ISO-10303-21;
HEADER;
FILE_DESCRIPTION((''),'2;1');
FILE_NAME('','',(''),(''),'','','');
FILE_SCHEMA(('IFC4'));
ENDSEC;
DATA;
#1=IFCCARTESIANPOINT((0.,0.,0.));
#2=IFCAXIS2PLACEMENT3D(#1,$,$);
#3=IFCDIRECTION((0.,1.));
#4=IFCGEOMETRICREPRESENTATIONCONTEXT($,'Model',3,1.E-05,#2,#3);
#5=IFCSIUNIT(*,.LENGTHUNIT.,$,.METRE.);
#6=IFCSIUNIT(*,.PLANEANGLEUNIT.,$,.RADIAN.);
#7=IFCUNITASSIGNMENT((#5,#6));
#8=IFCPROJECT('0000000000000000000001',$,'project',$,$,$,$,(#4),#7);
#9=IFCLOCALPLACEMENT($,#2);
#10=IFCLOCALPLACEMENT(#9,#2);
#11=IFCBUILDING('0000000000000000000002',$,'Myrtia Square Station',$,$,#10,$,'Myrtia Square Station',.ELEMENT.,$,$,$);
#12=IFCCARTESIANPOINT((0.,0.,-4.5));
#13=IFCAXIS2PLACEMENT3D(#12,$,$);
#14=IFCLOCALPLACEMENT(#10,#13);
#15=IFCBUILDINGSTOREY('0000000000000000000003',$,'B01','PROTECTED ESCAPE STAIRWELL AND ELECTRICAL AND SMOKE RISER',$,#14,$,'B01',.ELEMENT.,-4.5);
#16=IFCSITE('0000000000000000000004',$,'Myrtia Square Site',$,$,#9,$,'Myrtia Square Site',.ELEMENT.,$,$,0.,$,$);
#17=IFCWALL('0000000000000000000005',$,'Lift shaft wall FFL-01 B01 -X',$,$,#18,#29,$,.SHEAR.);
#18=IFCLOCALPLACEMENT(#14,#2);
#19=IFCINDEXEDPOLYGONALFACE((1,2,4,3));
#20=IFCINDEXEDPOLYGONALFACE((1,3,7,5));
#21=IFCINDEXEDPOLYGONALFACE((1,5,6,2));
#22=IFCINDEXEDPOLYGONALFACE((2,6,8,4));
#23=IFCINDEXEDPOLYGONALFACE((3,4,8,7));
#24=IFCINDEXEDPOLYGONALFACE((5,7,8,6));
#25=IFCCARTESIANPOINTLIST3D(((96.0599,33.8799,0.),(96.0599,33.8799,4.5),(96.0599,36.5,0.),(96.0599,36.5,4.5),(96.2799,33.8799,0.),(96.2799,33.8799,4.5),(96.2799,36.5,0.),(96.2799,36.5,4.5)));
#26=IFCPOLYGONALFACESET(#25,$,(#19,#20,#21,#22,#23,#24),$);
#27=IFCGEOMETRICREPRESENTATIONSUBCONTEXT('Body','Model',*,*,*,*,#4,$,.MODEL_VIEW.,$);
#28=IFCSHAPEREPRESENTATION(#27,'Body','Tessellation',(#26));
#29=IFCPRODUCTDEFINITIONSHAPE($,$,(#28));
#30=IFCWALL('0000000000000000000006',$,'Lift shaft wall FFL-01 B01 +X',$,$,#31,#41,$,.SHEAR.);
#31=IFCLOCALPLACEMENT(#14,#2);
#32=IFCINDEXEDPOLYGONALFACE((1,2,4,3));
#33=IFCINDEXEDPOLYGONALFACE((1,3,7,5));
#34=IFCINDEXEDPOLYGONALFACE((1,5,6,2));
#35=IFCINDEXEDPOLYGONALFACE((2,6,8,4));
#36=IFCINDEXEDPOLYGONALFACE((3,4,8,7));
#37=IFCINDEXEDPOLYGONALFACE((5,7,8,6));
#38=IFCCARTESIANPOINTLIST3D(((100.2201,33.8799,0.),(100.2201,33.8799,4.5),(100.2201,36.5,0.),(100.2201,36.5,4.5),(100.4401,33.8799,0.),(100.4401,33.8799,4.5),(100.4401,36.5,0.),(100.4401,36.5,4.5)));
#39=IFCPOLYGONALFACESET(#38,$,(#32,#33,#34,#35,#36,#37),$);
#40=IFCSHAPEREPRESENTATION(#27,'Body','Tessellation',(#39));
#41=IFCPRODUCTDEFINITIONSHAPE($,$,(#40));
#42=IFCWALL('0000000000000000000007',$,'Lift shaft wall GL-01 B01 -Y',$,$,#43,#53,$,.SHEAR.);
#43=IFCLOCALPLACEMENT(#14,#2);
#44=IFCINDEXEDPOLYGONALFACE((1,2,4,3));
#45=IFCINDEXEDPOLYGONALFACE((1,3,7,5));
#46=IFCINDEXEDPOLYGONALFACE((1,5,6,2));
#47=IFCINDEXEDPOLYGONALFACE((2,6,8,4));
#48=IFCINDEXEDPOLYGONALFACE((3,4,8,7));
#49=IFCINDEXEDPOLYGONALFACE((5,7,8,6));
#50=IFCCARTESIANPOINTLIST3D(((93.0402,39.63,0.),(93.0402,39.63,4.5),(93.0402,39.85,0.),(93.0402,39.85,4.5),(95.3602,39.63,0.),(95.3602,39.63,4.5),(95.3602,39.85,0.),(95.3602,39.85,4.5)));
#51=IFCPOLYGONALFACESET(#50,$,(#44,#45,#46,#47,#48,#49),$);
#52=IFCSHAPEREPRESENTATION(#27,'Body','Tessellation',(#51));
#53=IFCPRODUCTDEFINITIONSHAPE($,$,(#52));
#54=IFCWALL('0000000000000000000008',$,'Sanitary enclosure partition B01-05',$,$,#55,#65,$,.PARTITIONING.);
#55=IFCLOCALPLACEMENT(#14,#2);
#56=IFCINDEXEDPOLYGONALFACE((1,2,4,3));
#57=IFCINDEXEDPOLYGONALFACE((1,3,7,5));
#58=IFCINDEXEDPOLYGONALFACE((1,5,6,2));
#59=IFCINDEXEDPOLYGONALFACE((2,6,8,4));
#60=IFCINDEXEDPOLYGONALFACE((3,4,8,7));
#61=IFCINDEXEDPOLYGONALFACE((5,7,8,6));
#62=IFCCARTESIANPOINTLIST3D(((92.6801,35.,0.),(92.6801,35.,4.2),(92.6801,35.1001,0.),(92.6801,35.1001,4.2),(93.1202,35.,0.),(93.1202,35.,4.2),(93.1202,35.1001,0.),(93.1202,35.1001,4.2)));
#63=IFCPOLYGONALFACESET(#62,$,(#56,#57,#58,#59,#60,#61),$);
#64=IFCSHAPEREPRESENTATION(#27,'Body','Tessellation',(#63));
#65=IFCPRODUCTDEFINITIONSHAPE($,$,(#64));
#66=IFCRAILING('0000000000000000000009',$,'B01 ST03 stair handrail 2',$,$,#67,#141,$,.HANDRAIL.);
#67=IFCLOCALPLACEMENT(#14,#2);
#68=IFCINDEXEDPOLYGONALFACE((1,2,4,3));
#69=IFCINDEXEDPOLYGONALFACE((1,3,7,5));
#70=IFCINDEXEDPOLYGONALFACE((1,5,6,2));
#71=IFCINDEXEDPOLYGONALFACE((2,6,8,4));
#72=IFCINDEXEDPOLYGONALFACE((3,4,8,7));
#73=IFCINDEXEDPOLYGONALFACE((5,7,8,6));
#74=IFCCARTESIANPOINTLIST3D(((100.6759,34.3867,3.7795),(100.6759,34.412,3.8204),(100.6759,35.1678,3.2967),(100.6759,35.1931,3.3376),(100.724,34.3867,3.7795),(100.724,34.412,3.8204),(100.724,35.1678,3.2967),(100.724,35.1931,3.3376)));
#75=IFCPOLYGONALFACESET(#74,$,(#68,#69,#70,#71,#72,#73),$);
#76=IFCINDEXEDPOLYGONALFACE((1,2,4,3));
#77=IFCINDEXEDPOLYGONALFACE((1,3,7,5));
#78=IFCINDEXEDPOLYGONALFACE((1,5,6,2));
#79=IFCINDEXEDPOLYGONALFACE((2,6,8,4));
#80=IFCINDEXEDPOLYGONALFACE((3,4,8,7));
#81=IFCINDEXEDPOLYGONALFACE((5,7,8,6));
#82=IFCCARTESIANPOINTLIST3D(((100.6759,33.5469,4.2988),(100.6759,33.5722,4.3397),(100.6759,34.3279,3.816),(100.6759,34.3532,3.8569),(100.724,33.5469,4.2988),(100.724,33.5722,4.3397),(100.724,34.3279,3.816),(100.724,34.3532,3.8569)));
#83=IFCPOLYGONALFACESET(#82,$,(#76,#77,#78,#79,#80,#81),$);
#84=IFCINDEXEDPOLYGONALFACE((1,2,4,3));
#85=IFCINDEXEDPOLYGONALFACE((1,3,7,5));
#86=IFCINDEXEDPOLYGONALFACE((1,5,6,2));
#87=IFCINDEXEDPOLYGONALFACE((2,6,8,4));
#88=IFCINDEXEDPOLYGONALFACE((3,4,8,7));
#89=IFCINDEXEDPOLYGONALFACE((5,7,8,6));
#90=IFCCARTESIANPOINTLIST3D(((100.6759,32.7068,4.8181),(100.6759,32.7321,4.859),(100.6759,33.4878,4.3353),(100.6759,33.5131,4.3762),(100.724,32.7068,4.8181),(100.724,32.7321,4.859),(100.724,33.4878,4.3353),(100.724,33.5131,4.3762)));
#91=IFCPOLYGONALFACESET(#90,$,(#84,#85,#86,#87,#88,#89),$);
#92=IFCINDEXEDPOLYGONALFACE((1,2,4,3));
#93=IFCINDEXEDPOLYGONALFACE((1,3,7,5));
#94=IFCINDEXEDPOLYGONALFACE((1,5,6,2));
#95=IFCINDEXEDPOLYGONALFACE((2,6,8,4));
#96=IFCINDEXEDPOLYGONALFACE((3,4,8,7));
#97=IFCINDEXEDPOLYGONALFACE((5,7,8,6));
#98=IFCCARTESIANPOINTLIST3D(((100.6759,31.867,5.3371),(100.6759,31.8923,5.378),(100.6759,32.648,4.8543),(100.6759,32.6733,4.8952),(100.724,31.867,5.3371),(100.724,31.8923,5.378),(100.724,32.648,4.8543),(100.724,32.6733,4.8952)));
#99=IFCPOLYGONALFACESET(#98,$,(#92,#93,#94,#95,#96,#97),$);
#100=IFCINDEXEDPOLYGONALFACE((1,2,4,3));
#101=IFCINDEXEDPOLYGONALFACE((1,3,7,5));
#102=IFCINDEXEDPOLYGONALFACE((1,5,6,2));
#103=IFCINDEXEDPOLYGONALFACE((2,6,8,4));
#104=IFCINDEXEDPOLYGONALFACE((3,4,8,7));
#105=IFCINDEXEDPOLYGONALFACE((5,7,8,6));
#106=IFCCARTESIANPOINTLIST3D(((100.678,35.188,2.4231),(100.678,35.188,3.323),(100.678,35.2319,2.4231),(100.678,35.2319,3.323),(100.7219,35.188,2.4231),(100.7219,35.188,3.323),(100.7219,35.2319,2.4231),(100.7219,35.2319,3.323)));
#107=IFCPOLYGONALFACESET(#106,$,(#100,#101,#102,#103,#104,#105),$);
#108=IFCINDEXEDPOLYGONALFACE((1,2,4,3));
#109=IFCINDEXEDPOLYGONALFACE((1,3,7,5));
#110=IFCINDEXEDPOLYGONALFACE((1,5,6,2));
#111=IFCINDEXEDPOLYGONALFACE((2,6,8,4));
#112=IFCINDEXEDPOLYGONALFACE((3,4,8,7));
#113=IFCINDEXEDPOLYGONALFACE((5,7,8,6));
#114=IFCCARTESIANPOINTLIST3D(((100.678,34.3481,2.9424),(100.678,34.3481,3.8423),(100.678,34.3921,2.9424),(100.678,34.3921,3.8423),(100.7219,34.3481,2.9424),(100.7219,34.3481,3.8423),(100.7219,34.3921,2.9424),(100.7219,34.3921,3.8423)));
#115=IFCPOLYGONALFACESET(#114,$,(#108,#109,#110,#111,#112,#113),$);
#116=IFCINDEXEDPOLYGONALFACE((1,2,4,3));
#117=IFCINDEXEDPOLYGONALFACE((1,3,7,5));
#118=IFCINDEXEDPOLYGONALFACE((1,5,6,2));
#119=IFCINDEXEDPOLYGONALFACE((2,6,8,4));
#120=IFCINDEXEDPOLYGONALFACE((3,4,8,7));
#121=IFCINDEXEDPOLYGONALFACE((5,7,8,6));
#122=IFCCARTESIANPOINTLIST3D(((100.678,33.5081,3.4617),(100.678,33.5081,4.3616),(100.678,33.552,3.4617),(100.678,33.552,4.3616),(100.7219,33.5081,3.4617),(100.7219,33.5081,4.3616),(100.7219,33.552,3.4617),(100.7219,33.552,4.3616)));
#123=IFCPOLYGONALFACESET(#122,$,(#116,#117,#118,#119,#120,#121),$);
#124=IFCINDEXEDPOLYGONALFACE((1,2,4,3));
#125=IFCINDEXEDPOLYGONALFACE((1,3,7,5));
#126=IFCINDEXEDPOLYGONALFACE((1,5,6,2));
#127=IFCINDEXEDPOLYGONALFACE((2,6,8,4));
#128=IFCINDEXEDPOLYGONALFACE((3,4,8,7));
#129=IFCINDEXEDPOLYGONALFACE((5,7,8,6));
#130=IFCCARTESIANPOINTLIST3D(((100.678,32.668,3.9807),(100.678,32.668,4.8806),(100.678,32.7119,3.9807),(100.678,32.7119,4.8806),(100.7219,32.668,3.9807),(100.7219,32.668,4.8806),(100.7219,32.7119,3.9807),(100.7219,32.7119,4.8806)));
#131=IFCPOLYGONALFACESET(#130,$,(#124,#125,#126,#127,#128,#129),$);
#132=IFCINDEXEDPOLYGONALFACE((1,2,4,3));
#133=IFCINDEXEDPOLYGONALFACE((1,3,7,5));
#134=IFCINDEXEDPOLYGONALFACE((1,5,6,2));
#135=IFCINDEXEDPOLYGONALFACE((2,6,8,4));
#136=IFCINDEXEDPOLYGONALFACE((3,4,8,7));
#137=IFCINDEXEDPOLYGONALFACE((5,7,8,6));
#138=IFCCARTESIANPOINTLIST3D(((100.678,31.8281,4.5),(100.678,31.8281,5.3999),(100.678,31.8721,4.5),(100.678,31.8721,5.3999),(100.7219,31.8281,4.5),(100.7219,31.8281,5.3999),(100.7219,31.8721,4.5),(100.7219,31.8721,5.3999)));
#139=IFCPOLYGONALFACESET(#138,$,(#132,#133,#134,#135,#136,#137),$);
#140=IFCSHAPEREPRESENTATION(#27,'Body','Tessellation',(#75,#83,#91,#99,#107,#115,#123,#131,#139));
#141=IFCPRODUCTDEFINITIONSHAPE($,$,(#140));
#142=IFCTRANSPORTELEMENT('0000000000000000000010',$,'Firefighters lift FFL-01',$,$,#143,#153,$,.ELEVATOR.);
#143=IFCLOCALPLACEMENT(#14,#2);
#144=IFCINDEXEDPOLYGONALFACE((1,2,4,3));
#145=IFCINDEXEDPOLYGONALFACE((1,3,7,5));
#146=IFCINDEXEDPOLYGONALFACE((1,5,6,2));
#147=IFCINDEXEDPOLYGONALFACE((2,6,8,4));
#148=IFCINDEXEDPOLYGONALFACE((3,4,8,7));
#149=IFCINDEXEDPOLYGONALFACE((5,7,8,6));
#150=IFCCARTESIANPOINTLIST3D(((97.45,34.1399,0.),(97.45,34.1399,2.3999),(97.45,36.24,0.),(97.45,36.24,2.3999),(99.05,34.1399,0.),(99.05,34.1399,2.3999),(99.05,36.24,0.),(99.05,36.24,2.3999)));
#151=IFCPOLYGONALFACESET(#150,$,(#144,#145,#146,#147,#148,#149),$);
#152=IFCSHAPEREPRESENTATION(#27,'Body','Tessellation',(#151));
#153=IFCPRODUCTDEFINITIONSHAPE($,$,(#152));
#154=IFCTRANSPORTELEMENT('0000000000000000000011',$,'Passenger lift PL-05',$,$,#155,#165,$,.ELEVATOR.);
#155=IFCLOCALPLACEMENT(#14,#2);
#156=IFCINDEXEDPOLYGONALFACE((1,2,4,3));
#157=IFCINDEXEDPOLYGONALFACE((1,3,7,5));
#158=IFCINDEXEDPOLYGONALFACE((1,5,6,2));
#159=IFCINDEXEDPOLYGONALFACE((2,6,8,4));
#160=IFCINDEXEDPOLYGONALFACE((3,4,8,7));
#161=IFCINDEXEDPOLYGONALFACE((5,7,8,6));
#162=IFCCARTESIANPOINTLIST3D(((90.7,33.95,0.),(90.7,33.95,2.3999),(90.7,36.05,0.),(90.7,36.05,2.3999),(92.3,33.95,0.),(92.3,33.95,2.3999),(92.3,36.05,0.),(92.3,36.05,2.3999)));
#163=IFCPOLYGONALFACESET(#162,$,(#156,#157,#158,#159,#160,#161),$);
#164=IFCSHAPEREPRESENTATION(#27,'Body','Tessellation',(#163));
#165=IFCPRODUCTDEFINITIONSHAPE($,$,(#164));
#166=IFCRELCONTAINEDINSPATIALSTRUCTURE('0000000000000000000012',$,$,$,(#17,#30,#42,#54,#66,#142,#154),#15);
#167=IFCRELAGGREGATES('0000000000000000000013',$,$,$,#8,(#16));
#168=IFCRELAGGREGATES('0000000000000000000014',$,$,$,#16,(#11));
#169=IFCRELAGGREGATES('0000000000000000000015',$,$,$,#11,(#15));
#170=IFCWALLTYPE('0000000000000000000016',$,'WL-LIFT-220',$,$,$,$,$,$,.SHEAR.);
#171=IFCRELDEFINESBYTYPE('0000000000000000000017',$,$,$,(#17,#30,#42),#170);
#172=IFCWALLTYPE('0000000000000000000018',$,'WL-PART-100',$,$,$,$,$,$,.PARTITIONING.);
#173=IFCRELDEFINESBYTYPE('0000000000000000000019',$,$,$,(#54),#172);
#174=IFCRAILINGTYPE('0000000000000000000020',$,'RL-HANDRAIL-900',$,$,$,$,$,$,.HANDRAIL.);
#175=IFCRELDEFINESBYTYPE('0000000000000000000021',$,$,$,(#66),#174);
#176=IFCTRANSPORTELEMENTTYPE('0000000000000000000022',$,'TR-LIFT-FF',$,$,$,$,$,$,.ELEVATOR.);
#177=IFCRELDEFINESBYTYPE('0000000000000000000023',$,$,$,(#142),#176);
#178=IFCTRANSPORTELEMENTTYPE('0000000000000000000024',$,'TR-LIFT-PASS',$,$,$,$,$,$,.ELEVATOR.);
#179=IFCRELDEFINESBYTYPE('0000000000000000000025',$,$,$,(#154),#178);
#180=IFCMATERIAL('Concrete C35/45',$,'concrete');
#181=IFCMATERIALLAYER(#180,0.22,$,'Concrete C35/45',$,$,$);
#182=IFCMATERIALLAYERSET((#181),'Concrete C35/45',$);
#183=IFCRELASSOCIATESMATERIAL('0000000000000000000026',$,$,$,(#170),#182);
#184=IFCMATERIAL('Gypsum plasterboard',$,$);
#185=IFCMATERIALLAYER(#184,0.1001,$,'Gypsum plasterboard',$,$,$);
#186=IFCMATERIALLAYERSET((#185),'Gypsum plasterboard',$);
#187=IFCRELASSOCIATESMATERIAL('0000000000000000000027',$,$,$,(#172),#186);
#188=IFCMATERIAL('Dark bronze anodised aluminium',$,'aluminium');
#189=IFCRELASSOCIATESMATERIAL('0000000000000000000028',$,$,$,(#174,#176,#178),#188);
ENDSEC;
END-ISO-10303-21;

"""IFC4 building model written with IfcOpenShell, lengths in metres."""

from ifc_helpers import new_model, si_unit, direction, frame, frame_2d, origin, origin_2d, place, context, subcontext, project, spatial, rectangle, extrude, material, layer, layer_set, type_object, element, save


model = new_model("IFC4")

# Units and contexts
model_context = context("Model", 3, precision=1e-05, world=origin(), true_north=direction((0.0, 1.0)))
body_context = subcontext(model_context, "Body", "Model", "MODEL_VIEW")
ifc_project = project(units=[si_unit("LENGTHUNIT", "METRE"), si_unit("PLANEANGLEUNIT", "RADIAN")], contexts=[model_context])

# Site, building, storey
site_placement = place(None, origin())
site = spatial("IfcSite", under=ifc_project, at=site_placement, Name="Myrtia Square Site", LongName="Myrtia Square Site", CompositionType="ELEMENT", RefElevation=0.0)
building_placement = place(site_placement, origin())
building = spatial("IfcBuilding", under=site, at=building_placement, Name="Myrtia Square Station", LongName="Myrtia Square Station", CompositionType="ELEMENT")
storey_placement = place(building_placement, frame((0.0, 0.0, -4.5)))
storey = spatial("IfcBuildingStorey", under=building, at=storey_placement, Name="B01", Description="PROTECTED ESCAPE STAIRWELL AND ELECTRICAL AND SMOKE RISER", LongName="B01", CompositionType="ELEMENT", Elevation=-4.5)

# Shared definitions
ifc_material_1 = material(Name="Concrete C35/45", Category="concrete")

# Shared definitions
ifc_layer_1 = layer(ifc_material_1, 0.22, Name="Concrete C35/45")
ifc_layer_set_1 = layer_set([ifc_layer_1], Name="Concrete C35/45")
wall_type_1 = type_object("IfcWallType", Name="WL-LIFT-220", PredefinedType="SHEAR", material=ifc_layer_set_1)

# Shared definitions
ifc_material_2 = material(Name="Dark bronze anodised aluminium", Category="aluminium")

# Walls
for number, where, z_axis, x_axis, name in (
    (1, (96.1699, 33.8799, 0.0), (0.0, 0.0, 1.0), (0.0, 1.0, 0.0), "Lift shaft wall FFL-01 B01 -X"),
    (2, (100.3301, 33.8799, 0.0), (0.0, 0.0, 1.0), (0.0, 1.0, 0.0), "Lift shaft wall FFL-01 B01 +X"),
):
    element("IfcWall", number, at=place(storey_placement, frame(where, z_axis=z_axis, x_axis=x_axis)), inside=storey, type_object=wall_type_1, Name=name, PredefinedType="SHEAR", context=body_context, shape_type="SweptSolid", body=[
        extrude(rectangle(XDim=2.6201, YDim=0.22, at=frame_2d((1.3101, 0.0))), origin(), (0.0, 0.0, 1.0), 4.5),
    ])
wall_1_placement = place(storey_placement, frame((93.04, 39.74, 0.0), z_axis=(0.0, 0.0, 1.0), x_axis=(1.0, 0.0, 0.0)))
element("IfcWall", 3, at=wall_1_placement, inside=storey, type_object=wall_type_1, Name="Lift shaft wall GL-01 B01 -Y", PredefinedType="SHEAR", context=body_context, shape_type="SweptSolid", body=[
    extrude(rectangle(XDim=2.3201, YDim=0.22, at=frame_2d((1.1602, 0.0))), origin(), (0.0, 0.0, 1.0), 4.5),
])
ifc_material_3 = material(Name="Gypsum plasterboard")
ifc_layer_2 = layer(ifc_material_3, 0.1001, Name="Gypsum plasterboard")
ifc_layer_set_2 = layer_set([ifc_layer_2], Name="Gypsum plasterboard")
wall_type_2 = type_object("IfcWallType", Name="WL-PART-100", PredefinedType="PARTITIONING", material=ifc_layer_set_2)
wall_2_placement = place(storey_placement, frame((92.6799, 35.05, 0.0), z_axis=(0.0, 0.0, 1.0), x_axis=(1.0, 0.0, 0.0)))
element("IfcWall", 4, at=wall_2_placement, inside=storey, type_object=wall_type_2, Name="Sanitary enclosure partition B01-05", PredefinedType="PARTITIONING", context=body_context, shape_type="SweptSolid", body=[
    extrude(rectangle(XDim=0.4402, YDim=0.1001, at=frame_2d((0.2202, 0.0))), origin(), (0.0, 0.0, 1.0), 4.2),
])

# Railing
railing_type = type_object("IfcRailingType", Name="RL-HANDRAIL-900", PredefinedType="HANDRAIL", material=ifc_material_2)
railing_placement = place(storey_placement, frame((100.7, 35.21, 2.4231)))
element("IfcRailing", 5, at=railing_placement, inside=storey, type_object=railing_type, Name="B01 ST03 stair handrail 2", PredefinedType="HANDRAIL", context=body_context, shape_type="SweptSolid", body=[
    extrude(rectangle(XDim=0.0481, YDim=0.0481, at=origin_2d()), frame((0.0, -0.0295, 0.894), z_axis=(0.0, -0.850606, 0.525803), x_axis=(1.0, 0.0, 0.0)), (0.0, 0.0, 1.0), 0.9182),
    extrude(rectangle(XDim=0.0481, YDim=0.0481, at=origin_2d()), frame((0.0, -0.8694, 1.4133), z_axis=(0.0, -0.850606, 0.525803), x_axis=(1.0, 0.0, 0.0)), (0.0, 0.0, 1.0), 0.9182),
    extrude(rectangle(XDim=0.0481, YDim=0.0481, at=origin_2d()), frame((0.0, -1.7095, 1.9326), z_axis=(0.0, -0.850606, 0.525803), x_axis=(1.0, 0.0, 0.0)), (0.0, 0.0, 1.0), 0.9182),
    extrude(rectangle(XDim=0.0481, YDim=0.0481, at=origin_2d()), frame((0.0, -2.5493, 2.4517), z_axis=(0.0, -0.850606, 0.525803), x_axis=(1.0, 0.0, 0.0)), (0.0, 0.0, 1.0), 0.9182),
    extrude(rectangle(XDim=0.0439, YDim=0.0439, at=origin_2d()), origin(), (0.0, 0.0, 1.0), 0.8999),
    extrude(rectangle(XDim=0.0439, YDim=0.0439, at=origin_2d()), frame((0.0, -0.8398, 0.5193)), (0.0, 0.0, 1.0), 0.8999),
    extrude(rectangle(XDim=0.0439, YDim=0.0439, at=origin_2d()), frame((0.0, -1.6799, 1.0386)), (0.0, 0.0, 1.0), 0.8999),
    extrude(rectangle(XDim=0.0439, YDim=0.0439, at=origin_2d()), frame((0.0, -2.52, 1.5576)), (0.0, 0.0, 1.0), 0.8999),
    extrude(rectangle(XDim=0.0439, YDim=0.0439, at=origin_2d()), frame((0.0, -3.3599, 2.0769)), (0.0, 0.0, 1.0), 0.8999),
])

# Transport elements
transport_element_type_1 = type_object("IfcTransportElementType", Name="TR-LIFT-FF", PredefinedType="ELEVATOR", material=ifc_material_2)
transport_element_1_placement = place(storey_placement, frame((98.25, 35.1899, 0.0), z_axis=(0.0, 0.0, 1.0), x_axis=(1.0, 0.0, 0.0)))
element("IfcTransportElement", 6, at=transport_element_1_placement, inside=storey, type_object=transport_element_type_1, Name="Firefighters lift FFL-01", PredefinedType="ELEVATOR", context=body_context, shape_type="SweptSolid", body=[
    extrude(rectangle(XDim=1.6001, YDim=2.1001, at=origin_2d()), origin(), (0.0, 0.0, 1.0), 2.3999),
])
transport_element_type_2 = type_object("IfcTransportElementType", Name="TR-LIFT-PASS", PredefinedType="ELEVATOR", material=ifc_material_2)
transport_element_2_placement = place(storey_placement, frame((91.5, 35.0, 0.0), z_axis=(0.0, 0.0, 1.0), x_axis=(1.0, 0.0, 0.0)))
element("IfcTransportElement", 7, at=transport_element_2_placement, inside=storey, type_object=transport_element_type_2, Name="Passenger lift PL-05", PredefinedType="ELEVATOR", context=body_context, shape_type="SweptSolid", body=[
    extrude(rectangle(XDim=1.6001, YDim=2.1001, at=origin_2d()), origin(), (0.0, 0.0, 1.0), 2.3999),
])

save(model, "model.ifc")
